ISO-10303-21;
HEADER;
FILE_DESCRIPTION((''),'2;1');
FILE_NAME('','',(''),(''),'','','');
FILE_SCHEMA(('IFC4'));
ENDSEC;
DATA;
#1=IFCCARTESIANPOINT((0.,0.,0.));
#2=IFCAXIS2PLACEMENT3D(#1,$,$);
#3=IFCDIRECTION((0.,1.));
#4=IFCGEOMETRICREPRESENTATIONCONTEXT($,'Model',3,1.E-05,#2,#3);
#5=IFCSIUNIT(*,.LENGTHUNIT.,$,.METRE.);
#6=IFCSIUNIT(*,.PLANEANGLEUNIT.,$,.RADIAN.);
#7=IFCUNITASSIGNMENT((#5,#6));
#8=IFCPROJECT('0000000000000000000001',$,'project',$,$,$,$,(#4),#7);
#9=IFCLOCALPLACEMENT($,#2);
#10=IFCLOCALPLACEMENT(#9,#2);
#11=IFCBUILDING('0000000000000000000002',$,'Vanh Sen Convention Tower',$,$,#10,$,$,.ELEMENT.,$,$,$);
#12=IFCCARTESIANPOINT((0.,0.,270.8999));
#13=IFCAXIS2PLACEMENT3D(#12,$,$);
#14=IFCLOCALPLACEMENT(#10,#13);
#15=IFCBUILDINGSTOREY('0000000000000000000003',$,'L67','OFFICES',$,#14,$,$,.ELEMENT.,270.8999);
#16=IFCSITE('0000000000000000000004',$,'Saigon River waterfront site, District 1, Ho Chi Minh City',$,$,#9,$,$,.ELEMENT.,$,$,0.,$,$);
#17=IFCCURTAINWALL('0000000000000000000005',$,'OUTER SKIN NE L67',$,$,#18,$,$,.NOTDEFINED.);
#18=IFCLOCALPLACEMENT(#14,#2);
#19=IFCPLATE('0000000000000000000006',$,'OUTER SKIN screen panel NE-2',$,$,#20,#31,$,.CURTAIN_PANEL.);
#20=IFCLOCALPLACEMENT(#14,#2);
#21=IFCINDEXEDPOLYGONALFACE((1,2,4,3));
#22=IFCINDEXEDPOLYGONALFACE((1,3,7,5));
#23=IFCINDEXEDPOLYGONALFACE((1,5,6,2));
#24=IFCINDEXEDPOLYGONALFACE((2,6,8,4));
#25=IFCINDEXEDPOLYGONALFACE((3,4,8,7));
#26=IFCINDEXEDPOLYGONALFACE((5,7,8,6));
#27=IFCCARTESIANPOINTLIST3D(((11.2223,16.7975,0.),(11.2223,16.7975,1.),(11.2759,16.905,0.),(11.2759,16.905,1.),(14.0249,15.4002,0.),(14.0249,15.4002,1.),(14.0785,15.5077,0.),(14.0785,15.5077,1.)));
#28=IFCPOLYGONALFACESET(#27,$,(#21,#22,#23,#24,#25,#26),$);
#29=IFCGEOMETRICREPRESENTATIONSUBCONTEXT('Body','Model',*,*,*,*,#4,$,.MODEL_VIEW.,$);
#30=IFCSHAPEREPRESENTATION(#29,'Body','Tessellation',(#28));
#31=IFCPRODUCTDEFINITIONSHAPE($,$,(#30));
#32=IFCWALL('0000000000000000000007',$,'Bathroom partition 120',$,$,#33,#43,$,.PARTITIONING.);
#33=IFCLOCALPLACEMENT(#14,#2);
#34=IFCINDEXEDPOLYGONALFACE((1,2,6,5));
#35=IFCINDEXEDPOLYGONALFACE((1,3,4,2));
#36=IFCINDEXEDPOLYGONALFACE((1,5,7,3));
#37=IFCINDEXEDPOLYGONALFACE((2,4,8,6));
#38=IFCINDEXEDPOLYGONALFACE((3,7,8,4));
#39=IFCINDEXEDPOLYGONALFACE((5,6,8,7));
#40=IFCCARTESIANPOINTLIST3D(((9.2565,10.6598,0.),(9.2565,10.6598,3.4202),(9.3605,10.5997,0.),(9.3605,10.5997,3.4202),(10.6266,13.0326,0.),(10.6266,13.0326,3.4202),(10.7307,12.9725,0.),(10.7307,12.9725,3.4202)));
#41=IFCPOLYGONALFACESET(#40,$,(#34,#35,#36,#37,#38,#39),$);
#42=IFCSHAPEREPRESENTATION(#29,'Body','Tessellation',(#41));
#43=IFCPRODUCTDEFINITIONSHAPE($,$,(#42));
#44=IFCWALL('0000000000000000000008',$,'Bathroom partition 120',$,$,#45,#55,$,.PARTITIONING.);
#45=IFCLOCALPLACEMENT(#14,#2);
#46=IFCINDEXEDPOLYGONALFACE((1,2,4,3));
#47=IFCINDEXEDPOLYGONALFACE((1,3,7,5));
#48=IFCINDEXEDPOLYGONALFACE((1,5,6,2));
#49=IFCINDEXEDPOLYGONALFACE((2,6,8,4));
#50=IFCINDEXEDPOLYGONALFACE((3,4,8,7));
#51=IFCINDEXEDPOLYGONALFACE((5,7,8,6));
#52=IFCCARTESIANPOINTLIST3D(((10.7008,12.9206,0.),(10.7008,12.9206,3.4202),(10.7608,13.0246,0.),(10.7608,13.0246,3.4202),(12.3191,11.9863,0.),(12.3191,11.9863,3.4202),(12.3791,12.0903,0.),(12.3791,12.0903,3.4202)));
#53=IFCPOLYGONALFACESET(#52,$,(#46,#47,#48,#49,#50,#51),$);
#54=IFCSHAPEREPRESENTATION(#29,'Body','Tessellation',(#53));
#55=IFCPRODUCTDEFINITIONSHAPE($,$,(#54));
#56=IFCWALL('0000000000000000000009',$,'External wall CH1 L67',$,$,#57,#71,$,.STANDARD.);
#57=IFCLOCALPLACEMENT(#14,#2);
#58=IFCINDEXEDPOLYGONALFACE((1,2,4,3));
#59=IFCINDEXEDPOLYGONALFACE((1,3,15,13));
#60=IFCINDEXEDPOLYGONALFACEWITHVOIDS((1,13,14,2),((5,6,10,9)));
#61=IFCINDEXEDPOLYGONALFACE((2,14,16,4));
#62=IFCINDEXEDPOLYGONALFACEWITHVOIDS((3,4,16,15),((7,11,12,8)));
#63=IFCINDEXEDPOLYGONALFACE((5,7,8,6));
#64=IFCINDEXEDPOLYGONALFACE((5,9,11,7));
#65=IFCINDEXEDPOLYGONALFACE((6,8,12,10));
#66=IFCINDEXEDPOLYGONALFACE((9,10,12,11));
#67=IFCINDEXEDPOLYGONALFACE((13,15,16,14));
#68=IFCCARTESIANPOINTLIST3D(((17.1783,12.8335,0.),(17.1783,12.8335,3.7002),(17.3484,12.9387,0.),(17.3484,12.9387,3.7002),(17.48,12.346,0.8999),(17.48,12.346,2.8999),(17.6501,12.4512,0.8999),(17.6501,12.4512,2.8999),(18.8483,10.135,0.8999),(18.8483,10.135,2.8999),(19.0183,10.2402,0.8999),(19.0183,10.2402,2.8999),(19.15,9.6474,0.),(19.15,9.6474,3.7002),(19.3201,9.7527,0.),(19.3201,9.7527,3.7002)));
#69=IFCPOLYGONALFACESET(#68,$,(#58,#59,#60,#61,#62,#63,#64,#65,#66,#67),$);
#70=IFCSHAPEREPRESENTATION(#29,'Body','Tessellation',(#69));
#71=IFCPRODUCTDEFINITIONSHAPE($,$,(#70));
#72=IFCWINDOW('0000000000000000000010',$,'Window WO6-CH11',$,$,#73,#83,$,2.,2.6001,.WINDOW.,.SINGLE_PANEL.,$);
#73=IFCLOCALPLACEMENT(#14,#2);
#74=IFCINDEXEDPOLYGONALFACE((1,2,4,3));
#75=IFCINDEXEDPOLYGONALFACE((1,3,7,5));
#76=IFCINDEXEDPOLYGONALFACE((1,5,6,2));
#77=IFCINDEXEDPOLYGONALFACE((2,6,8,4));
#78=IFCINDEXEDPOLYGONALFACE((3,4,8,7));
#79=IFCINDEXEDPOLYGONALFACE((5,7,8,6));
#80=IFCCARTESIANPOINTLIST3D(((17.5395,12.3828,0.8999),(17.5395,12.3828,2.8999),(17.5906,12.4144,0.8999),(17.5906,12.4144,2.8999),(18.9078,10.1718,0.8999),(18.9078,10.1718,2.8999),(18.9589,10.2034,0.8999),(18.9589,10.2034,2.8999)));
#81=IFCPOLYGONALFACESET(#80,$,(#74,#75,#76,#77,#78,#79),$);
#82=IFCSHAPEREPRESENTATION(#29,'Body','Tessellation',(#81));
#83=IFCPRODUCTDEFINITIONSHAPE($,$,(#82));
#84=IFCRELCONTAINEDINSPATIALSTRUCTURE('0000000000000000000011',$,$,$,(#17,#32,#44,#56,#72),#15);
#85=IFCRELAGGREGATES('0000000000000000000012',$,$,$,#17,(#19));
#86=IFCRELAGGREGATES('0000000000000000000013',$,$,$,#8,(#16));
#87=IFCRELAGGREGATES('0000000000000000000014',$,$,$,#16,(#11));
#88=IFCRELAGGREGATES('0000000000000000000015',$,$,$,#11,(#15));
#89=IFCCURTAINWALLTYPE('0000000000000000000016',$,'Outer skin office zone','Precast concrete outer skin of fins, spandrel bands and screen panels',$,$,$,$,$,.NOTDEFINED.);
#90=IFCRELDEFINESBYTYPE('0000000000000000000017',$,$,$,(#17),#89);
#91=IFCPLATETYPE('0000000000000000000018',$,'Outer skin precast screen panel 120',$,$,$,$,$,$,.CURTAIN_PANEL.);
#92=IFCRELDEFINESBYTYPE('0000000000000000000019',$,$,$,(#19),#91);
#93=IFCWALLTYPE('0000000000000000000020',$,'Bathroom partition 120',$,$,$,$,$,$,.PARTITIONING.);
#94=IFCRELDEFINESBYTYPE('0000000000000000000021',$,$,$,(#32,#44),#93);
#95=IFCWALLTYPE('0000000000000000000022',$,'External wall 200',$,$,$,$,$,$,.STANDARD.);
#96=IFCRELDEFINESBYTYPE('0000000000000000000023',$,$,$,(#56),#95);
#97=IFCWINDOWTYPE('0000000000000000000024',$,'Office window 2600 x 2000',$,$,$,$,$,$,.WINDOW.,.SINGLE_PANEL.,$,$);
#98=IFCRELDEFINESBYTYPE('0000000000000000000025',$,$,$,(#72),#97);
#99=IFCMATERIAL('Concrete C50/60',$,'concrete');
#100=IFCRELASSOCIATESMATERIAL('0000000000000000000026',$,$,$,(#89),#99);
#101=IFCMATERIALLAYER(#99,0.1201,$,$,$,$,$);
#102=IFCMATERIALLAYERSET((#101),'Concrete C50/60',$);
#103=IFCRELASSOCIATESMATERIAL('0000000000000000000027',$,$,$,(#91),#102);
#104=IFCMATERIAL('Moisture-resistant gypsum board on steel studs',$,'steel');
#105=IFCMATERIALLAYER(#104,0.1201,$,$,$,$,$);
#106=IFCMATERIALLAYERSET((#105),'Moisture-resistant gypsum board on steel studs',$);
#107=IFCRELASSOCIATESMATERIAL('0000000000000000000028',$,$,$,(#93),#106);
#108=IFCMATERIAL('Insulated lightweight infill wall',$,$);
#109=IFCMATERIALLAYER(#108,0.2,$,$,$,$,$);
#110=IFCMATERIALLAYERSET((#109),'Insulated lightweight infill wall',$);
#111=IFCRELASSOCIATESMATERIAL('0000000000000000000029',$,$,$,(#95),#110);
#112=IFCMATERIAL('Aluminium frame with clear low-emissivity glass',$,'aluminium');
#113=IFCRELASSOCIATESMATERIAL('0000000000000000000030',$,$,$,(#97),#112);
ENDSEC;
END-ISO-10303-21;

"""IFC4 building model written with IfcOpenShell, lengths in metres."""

from ifc_helpers import new_model, si_unit, direction, frame, frame_2d, origin, origin_2d, place, context, subcontext, project, spatial, rectangle, extrude, material, layer, layer_set, type_object, element, fill, aggregate, save


model = new_model("IFC4")

# Units and contexts
model_context = context("Model", 3, precision=1e-05, world=origin(), true_north=direction((0.0, 1.0)))
body_context = subcontext(model_context, "Body", "Model", "MODEL_VIEW")
ifc_project = project(units=[si_unit("LENGTHUNIT", "METRE"), si_unit("PLANEANGLEUNIT", "RADIAN")], contexts=[model_context])

# Site, building, storey
site_placement = place(None, origin())
site = spatial("IfcSite", under=ifc_project, at=site_placement, Name="Saigon River waterfront site, District 1, Ho Chi Minh City", CompositionType="ELEMENT", RefElevation=0.0)
building_placement = place(site_placement, origin())
building = spatial("IfcBuilding", under=site, at=building_placement, Name="Vanh Sen Convention Tower", CompositionType="ELEMENT")
storey_placement = place(building_placement, frame((0.0, 0.0, 270.8999)))
storey = spatial("IfcBuildingStorey", under=building, at=storey_placement, Name="L67", Description="OFFICES", CompositionType="ELEMENT", Elevation=270.8999)

# Curtain wall
ifc_material_1 = material(Name="Concrete C50/60", Category="concrete")
curtain_wall_type = type_object("IfcCurtainWallType", Name="Outer skin office zone", Description="Precast concrete outer skin of fins, spandrel bands and screen panels", PredefinedType="NOTDEFINED", material=ifc_material_1)
curtain_wall_1_placement = place(storey_placement, origin())
curtain_wall_1 = element("IfcCurtainWall", 1, at=curtain_wall_1_placement, inside=storey, type_object=curtain_wall_type, Name="OUTER SKIN NE L67", PredefinedType="NOTDEFINED")

# Shared definitions
ifc_layer_1 = layer(ifc_material_1, 0.1201)
ifc_layer_set_1 = layer_set([ifc_layer_1], Name="Concrete C50/60")
plate_type = type_object("IfcPlateType", Name="Outer skin precast screen panel 120", PredefinedType="CURTAIN_PANEL", material=ifc_layer_set_1)

# Plate
plate_1_placement = place(storey_placement, frame((12.6504, 16.1526, 0.0), z_axis=(0.0, 0.0, 1.0), x_axis=(-0.894931, 0.446204, 0.0)))
plate_1 = element("IfcPlate", 2, at=plate_1_placement, type_object=plate_type, Name="OUTER SKIN screen panel NE-2", PredefinedType="CURTAIN_PANEL", context=body_context, shape_type="SweptSolid", body=[
    extrude(rectangle(XDim=3.1316, YDim=0.1201, at=origin_2d()), origin(), (0.0, 0.0, 1.0), 1.0),
])
aggregate(curtain_wall_1, [plate_1])

# Walls
ifc_material_2 = material(Name="Moisture-resistant gypsum board on steel studs", Category="steel")
ifc_layer_2 = layer(ifc_material_2, 0.1201)
ifc_layer_set_2 = layer_set([ifc_layer_2], Name="Moisture-resistant gypsum board on steel studs")
wall_type_1 = type_object("IfcWallType", Name="Bathroom partition 120", PredefinedType="PARTITIONING", material=ifc_layer_set_2)
wall_1_placement = place(storey_placement, frame((10.6787, 13.0027, 0.0), z_axis=(0.0, 0.0, 1.0), x_axis=(-0.500049, -0.865997, 0.0)))
element("IfcWall", 3, at=wall_1_placement, inside=storey, type_object=wall_type_1, Name="Bathroom partition 120", PredefinedType="PARTITIONING", context=body_context, shape_type="SweptSolid", body=[
    extrude(rectangle(XDim=2.74, YDim=0.1201, at=frame_2d((1.3701, 0.0))), origin(), (0.0, 0.0, 1.0), 3.4202),
])
wall_2_placement = place(storey_placement, frame((12.3491, 12.0383, 0.0), z_axis=(0.0, 0.0, 1.0), x_axis=(-0.86604, 0.499975, 0.0)))
element("IfcWall", 4, at=wall_2_placement, inside=storey, type_object=wall_type_1, Name="Bathroom partition 120", PredefinedType="PARTITIONING", context=body_context, shape_type="SweptSolid", body=[
    extrude(rectangle(XDim=1.8687, YDim=0.1201, at=frame_2d((0.9343, 0.0))), origin(), (0.0, 0.0, 1.0), 3.4202),
])

# Wall, opening, window
ifc_material_3 = material(Name="Insulated lightweight infill wall")
ifc_layer_3 = layer(ifc_material_3, 0.2)
ifc_layer_set_3 = layer_set([ifc_layer_3], Name="Insulated lightweight infill wall")
wall_type_2 = type_object("IfcWallType", Name="External wall 200", PredefinedType="STANDARD", material=ifc_layer_set_3)
wall_3_placement = place(storey_placement, frame((19.2351, 9.7, 0.0), z_axis=(0.0, 0.0, 1.0), x_axis=(-0.526233, 0.85034, 0.0)))
wall_3 = element("IfcWall", 5, at=wall_3_placement, inside=storey, type_object=wall_type_2, Name="External wall CH1 L67", PredefinedType="STANDARD", context=body_context, shape_type="SweptSolid", body=[
    extrude(rectangle(XDim=3.7468, YDim=0.2, at=frame_2d((1.8735, 0.0))), origin(), (0.0, 0.0, 1.0), 3.7002),
])
opening_1_placement = place(wall_3_placement, frame((0.5735, 0.0, 0.8999)))
opening_1 = element("IfcOpeningElement", 6, at=opening_1_placement, cuts=wall_3, PredefinedType="OPENING", context=body_context, shape_type="SweptSolid", body=[
    extrude(rectangle(XDim=2.6001, YDim=2.0, at=frame_2d((1.3, 1.0))), frame((0.0, 0.1099, 0.0), z_axis=(0.0, -1.0, 0.0), x_axis=(1.0, 0.0, 0.0)), (0.0, 0.0, 1.0), 0.22),
])
ifc_material_4 = material(Name="Aluminium frame with clear low-emissivity glass", Category="aluminium")
window_type_1 = type_object("IfcWindowType", Name="Office window 2600 x 2000", PartitioningType="SINGLE_PANEL", PredefinedType="WINDOW", material=ifc_material_4)
window_1_placement = place(opening_1_placement, origin())
window_1 = element("IfcWindow", 7, at=window_1_placement, inside=storey, type_object=window_type_1, Name="Window WO6-CH11", OverallHeight=2.0, OverallWidth=2.6001, PartitioningType="SINGLE_PANEL", PredefinedType="WINDOW", context=body_context, shape_type="SweptSolid", body=[
    extrude(rectangle(XDim=2.6001, YDim=2.0, at=frame_2d((1.3, 1.0))), frame((0.0, 0.03, 0.0), z_axis=(0.0, -1.0, 0.0), x_axis=(1.0, 0.0, 0.0)), (0.0, 0.0, 1.0), 0.0601),
])
fill(opening_1, window_1)

save(model, "model.ifc")
